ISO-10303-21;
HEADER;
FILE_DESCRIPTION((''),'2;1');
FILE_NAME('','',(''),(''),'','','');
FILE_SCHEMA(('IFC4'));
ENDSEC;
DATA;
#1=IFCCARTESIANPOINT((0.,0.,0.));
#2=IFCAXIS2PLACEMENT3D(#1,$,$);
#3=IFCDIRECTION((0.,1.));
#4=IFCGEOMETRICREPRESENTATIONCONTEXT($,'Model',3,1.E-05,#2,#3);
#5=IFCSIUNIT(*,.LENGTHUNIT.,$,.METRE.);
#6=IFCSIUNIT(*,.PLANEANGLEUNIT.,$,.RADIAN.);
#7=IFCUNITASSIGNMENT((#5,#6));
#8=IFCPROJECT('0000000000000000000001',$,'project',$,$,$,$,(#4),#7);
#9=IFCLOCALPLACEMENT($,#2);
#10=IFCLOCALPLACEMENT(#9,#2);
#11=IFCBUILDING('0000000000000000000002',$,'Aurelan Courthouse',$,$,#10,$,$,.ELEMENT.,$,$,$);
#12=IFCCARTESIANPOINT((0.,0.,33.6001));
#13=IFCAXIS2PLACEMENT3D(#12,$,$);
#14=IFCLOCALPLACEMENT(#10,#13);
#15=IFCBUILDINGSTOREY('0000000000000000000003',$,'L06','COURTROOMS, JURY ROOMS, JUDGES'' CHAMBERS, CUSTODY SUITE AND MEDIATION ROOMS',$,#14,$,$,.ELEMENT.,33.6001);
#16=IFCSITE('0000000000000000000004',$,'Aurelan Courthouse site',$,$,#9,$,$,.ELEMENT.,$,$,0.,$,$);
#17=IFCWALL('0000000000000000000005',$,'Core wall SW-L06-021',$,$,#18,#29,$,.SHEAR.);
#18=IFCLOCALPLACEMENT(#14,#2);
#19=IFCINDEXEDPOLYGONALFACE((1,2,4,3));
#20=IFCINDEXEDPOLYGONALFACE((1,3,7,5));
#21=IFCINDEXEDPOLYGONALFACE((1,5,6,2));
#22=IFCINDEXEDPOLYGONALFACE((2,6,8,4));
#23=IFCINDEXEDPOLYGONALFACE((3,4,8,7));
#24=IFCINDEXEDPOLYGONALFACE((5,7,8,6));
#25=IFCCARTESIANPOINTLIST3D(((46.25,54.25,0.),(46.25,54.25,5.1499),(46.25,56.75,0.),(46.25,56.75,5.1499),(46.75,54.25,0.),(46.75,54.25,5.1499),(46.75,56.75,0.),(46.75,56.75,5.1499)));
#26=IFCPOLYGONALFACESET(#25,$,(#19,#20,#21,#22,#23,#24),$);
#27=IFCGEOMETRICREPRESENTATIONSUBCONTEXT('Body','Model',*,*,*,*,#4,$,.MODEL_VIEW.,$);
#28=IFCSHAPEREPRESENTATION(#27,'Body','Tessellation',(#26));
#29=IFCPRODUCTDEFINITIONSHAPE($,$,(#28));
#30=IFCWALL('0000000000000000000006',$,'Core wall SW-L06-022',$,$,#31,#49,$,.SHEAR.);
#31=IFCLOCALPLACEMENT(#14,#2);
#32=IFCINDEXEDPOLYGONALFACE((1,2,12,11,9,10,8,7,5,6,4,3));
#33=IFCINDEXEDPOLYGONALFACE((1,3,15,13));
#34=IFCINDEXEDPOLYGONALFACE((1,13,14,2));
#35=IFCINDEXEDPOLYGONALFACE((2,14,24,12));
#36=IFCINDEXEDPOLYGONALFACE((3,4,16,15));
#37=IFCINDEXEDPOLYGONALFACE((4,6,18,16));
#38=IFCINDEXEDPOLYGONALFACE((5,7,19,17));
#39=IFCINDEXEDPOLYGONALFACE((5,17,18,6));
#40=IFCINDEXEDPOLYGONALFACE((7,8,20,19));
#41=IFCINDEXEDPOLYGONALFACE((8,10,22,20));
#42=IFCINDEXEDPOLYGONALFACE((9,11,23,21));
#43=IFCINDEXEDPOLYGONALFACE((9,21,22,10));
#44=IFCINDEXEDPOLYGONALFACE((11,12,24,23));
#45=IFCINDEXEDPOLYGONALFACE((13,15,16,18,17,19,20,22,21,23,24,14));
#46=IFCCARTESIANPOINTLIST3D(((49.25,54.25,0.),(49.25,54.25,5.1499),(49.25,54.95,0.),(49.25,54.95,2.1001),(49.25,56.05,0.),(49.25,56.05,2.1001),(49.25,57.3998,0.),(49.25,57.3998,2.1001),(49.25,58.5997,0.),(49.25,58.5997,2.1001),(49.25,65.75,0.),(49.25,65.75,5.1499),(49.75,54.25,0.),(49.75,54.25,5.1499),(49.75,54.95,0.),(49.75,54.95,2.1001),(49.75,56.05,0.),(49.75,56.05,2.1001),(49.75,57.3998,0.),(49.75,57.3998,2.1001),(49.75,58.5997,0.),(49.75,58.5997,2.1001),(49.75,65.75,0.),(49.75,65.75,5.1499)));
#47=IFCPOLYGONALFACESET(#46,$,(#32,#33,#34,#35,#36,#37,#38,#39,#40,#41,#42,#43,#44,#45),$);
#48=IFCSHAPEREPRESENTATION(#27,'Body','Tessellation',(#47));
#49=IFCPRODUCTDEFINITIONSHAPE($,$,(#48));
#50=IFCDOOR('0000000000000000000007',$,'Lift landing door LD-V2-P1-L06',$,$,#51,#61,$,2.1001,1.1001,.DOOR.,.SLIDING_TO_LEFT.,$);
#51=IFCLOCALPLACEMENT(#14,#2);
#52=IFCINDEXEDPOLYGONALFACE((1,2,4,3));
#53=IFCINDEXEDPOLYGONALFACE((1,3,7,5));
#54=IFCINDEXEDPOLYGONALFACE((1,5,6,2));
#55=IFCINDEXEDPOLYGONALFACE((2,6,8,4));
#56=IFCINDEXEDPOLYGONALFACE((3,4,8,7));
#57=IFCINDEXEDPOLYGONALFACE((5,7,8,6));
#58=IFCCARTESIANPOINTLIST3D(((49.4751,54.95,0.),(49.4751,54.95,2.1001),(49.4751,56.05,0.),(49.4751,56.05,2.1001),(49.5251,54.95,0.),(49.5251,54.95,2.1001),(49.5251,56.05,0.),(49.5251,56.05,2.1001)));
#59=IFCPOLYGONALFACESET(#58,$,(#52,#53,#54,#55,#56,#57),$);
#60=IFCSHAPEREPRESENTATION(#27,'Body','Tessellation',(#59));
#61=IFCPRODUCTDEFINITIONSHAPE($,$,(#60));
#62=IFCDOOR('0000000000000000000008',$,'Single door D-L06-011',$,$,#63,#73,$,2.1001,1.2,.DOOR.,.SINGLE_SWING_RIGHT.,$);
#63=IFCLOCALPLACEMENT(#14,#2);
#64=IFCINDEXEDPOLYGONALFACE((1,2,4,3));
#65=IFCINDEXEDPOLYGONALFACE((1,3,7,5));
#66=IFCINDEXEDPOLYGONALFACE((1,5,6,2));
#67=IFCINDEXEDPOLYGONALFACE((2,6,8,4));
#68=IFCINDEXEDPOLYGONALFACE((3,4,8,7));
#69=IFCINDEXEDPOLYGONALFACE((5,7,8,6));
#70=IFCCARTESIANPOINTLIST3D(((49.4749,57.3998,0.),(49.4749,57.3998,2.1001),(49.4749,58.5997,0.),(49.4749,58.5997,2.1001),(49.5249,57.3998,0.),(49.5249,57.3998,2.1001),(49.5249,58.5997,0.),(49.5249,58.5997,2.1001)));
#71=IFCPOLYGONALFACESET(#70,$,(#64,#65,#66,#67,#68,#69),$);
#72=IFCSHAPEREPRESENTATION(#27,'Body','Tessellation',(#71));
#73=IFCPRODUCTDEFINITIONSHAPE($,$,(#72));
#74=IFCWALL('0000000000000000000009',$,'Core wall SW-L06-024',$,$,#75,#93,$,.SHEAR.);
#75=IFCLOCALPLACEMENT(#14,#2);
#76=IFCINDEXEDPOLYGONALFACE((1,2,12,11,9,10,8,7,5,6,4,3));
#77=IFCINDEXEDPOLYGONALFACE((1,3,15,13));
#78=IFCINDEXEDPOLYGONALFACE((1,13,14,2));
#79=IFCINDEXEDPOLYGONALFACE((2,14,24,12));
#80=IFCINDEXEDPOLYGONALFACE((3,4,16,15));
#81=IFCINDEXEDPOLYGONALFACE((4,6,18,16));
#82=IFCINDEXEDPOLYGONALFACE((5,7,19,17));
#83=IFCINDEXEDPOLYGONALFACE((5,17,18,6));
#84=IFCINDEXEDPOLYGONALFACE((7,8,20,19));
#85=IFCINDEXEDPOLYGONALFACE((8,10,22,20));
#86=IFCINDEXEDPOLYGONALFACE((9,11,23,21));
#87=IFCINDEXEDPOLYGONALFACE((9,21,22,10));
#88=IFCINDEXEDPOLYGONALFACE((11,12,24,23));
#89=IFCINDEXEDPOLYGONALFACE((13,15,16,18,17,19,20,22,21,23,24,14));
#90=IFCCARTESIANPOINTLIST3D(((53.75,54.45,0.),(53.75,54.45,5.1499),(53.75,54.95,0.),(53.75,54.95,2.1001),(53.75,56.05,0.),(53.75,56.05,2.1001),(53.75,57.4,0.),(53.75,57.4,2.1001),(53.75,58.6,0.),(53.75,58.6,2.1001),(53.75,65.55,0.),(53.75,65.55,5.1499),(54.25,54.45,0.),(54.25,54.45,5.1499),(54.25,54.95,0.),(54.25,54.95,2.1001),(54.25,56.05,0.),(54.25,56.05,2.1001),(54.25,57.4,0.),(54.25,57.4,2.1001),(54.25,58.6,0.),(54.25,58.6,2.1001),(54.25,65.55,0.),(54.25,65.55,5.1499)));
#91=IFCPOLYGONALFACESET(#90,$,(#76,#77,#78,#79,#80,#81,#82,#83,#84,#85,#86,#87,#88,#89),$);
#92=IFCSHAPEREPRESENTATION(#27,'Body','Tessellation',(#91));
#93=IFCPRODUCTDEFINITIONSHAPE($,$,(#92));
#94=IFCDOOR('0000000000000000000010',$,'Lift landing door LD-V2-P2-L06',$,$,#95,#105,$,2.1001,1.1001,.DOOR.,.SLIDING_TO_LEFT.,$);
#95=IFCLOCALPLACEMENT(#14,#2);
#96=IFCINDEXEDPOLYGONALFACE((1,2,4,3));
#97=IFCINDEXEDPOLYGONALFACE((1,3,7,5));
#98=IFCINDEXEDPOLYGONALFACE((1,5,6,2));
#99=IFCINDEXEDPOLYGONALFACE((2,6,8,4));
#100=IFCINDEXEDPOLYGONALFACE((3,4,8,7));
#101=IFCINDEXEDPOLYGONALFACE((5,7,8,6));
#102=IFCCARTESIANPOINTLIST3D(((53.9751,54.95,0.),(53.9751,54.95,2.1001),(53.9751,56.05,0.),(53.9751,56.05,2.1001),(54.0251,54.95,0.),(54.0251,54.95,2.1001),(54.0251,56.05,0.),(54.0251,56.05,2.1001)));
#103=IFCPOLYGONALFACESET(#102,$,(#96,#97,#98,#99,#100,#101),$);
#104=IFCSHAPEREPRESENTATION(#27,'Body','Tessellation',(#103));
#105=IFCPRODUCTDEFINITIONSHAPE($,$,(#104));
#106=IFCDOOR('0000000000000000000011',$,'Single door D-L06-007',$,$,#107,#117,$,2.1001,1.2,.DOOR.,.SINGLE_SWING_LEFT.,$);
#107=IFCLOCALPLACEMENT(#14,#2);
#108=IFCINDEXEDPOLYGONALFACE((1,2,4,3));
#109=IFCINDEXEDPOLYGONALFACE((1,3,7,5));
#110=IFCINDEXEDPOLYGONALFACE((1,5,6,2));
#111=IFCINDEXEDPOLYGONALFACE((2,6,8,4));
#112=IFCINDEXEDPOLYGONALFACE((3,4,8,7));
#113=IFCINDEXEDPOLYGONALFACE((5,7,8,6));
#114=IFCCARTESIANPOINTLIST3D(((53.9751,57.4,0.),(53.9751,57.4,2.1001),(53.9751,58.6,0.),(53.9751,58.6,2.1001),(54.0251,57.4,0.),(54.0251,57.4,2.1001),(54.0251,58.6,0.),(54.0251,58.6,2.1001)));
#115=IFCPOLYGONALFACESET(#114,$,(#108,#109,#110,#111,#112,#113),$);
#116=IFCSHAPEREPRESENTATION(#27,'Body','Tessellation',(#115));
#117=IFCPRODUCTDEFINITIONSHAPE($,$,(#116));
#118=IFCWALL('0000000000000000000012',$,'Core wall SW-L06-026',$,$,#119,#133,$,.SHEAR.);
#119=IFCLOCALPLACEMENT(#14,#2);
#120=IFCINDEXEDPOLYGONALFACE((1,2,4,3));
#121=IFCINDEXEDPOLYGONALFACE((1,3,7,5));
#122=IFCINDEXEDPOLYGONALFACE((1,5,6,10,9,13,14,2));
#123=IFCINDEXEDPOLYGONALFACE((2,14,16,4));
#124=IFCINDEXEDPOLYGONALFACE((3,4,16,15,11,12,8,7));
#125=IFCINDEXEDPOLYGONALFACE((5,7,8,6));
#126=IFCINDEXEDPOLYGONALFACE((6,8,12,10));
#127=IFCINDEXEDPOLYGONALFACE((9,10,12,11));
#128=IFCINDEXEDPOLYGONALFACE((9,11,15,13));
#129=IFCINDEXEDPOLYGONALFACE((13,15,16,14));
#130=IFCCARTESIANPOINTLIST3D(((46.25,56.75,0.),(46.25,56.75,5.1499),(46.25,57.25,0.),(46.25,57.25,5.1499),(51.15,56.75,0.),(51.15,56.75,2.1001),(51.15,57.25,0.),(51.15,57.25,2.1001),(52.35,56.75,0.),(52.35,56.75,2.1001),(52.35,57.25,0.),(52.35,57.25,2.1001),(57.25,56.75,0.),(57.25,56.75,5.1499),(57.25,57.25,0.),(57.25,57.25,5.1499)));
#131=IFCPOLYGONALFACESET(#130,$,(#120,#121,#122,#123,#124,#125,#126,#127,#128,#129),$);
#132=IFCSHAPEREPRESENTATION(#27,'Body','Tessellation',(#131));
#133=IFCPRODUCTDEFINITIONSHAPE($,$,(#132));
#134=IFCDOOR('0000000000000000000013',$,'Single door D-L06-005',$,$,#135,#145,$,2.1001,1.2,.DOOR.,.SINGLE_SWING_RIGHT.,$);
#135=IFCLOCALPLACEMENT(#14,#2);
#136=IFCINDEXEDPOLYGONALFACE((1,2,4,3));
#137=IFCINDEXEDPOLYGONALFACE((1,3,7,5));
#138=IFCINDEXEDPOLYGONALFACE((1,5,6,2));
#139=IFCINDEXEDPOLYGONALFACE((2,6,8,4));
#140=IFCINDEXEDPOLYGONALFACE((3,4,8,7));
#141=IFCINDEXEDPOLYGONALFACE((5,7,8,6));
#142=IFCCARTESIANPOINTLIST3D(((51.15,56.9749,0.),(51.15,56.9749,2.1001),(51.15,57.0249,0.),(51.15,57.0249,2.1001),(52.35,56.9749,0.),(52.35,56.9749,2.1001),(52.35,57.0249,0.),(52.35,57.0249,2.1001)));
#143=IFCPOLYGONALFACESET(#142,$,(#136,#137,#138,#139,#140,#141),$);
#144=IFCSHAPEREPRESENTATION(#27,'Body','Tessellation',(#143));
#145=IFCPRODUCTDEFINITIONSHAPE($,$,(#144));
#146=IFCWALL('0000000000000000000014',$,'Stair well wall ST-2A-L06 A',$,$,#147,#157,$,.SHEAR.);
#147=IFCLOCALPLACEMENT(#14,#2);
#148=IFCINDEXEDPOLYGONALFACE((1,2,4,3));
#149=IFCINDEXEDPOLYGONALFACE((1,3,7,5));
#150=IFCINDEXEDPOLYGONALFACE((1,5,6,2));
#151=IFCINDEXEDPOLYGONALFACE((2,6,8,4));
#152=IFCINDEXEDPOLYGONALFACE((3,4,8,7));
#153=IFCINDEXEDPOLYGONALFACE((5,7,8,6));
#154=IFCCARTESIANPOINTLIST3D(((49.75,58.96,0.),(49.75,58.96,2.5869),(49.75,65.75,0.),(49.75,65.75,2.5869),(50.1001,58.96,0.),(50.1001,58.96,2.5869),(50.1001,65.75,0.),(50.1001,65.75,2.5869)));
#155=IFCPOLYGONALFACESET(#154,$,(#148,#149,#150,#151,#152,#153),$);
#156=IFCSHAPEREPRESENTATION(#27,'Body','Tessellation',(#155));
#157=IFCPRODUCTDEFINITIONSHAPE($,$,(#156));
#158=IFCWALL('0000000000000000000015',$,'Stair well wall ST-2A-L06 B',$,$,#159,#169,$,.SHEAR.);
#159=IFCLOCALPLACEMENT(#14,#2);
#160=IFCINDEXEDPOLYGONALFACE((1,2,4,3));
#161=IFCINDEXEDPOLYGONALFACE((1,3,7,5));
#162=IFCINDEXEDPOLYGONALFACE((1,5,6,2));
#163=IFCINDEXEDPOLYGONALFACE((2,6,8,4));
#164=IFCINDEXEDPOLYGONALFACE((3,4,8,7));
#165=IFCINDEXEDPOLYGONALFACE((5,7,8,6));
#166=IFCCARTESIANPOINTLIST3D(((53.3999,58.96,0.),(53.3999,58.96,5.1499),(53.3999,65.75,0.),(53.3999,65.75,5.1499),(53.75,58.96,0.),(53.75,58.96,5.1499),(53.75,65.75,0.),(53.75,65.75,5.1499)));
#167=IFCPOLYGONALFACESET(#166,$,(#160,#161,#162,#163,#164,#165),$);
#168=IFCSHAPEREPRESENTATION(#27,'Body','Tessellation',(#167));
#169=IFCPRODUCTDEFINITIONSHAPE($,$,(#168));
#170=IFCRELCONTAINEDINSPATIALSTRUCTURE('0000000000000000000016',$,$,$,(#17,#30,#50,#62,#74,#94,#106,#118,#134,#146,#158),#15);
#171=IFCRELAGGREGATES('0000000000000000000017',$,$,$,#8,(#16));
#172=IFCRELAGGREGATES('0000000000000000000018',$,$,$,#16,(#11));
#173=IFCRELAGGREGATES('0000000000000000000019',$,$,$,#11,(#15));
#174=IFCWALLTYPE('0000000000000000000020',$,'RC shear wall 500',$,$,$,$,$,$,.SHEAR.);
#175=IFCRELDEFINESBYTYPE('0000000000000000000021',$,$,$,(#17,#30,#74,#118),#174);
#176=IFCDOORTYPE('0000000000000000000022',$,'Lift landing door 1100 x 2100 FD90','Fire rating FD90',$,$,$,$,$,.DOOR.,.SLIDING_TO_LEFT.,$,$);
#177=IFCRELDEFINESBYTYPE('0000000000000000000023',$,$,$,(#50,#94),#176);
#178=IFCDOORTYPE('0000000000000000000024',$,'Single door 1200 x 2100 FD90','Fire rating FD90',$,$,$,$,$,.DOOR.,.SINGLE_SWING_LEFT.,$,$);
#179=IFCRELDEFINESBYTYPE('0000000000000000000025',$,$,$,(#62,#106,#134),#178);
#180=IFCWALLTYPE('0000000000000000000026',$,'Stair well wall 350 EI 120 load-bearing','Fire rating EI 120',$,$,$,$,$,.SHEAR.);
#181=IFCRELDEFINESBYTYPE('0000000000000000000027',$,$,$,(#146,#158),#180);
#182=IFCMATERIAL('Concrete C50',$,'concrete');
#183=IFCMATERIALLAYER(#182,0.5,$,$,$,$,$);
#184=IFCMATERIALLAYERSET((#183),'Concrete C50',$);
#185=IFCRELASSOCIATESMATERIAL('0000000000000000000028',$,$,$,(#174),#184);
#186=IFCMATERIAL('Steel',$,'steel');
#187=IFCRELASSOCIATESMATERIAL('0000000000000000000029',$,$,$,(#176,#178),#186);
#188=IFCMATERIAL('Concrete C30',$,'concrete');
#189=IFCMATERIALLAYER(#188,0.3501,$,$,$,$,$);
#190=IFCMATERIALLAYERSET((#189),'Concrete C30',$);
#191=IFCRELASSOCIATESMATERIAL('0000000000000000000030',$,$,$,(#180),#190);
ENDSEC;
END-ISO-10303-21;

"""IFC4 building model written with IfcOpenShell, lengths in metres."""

from ifc_helpers import new_model, si_unit, direction, frame, frame_2d, origin, place, context, subcontext, project, spatial, rectangle, extrude, material, layer, layer_set, type_object, element, fill, save


model = new_model("IFC4")

# Units and contexts
model_context = context("Model", 3, precision=1e-05, world=origin(), true_north=direction((0.0, 1.0)))
body_context = subcontext(model_context, "Body", "Model", "MODEL_VIEW")
ifc_project = project(units=[si_unit("LENGTHUNIT", "METRE"), si_unit("PLANEANGLEUNIT", "RADIAN")], contexts=[model_context])

# Site, building, storey
site_placement = place(None, origin())
site = spatial("IfcSite", under=ifc_project, at=site_placement, Name="Aurelan Courthouse site", CompositionType="ELEMENT", RefElevation=0.0)
building_placement = place(site_placement, origin())
building = spatial("IfcBuilding", under=site, at=building_placement, Name="Aurelan Courthouse", CompositionType="ELEMENT")
storey_placement = place(building_placement, frame((0.0, 0.0, 33.6001)))
storey = spatial("IfcBuildingStorey", under=building, at=storey_placement, Name="L06", Description="COURTROOMS, JURY ROOMS, JUDGES' CHAMBERS, CUSTODY SUITE AND MEDIATION ROOMS", CompositionType="ELEMENT", Elevation=33.6001)

# Wall
ifc_material_1 = material(Name="Concrete C50", Category="concrete")
ifc_layer_1 = layer(ifc_material_1, 0.5)
ifc_layer_set_1 = layer_set([ifc_layer_1], Name="Concrete C50")
wall_type_1 = type_object("IfcWallType", Name="RC shear wall 500", PredefinedType="SHEAR", material=ifc_layer_set_1)
wall_1_placement = place(storey_placement, frame((46.5, 54.25, 0.0), z_axis=(0.0, 0.0, 1.0), x_axis=(0.0, 1.0, 0.0)))
element("IfcWall", 1, at=wall_1_placement, inside=storey, type_object=wall_type_1, Name="Core wall SW-L06-021", PredefinedType="SHEAR", context=body_context, shape_type="SweptSolid", body=[
    extrude(rectangle(XDim=2.5, YDim=0.5, at=frame_2d((1.25, 0.0))), origin(), (0.0, 0.0, 1.0), 5.1499),
])

# Walls, openings, doors
wall_2_placement = place(storey_placement, frame((49.5, 54.25, 0.0), z_axis=(0.0, 0.0, 1.0), x_axis=(0.0, 1.0, 0.0)))
wall_2 = element("IfcWall", 2, at=wall_2_placement, inside=storey, type_object=wall_type_1, Name="Core wall SW-L06-022", PredefinedType="SHEAR", context=body_context, shape_type="SweptSolid", body=[
    extrude(rectangle(XDim=11.5, YDim=0.5, at=frame_2d((5.75, 0.0))), origin(), (0.0, 0.0, 1.0), 5.1499),
])
opening_1_placement = place(wall_2_placement, frame((0.7, 0.0, 0.0)))
opening_1 = element("IfcOpeningElement", 3, at=opening_1_placement, cuts=wall_2, PredefinedType="OPENING", context=body_context, shape_type="SweptSolid", body=[
    extrude(rectangle(XDim=1.1001, YDim=2.1001, at=frame_2d((0.55, 1.05))), frame((0.0, 0.26, 0.0), z_axis=(0.0, -1.0, 0.0), x_axis=(1.0, 0.0, 0.0)), (0.0, 0.0, 1.0), 0.52),
])
opening_2_placement = place(wall_2_placement, frame((4.3499, 0.0, 0.0), z_axis=(0.0, 0.0, 1.0), x_axis=(-1.0, 0.0, 0.0)))
opening_2 = element("IfcOpeningElement", 4, at=opening_2_placement, cuts=wall_2, PredefinedType="OPENING", context=body_context, shape_type="SweptSolid", body=[
    extrude(rectangle(XDim=1.2, YDim=2.1001, at=frame_2d((0.6001, 1.05))), frame((0.0, 0.26, 0.0), z_axis=(0.0, -1.0, 0.0), x_axis=(1.0, 0.0, 0.0)), (0.0, 0.0, 1.0), 0.52),
])
ifc_material_2 = material(Name="Steel", Category="steel")
door_type_1 = type_object("IfcDoorType", Name="Lift landing door 1100 x 2100 FD90", Description="Fire rating FD90", OperationType="SLIDING_TO_LEFT", PredefinedType="DOOR", material=ifc_material_2)
door_1_placement = place(opening_1_placement, origin())
door_1 = element("IfcDoor", 5, at=door_1_placement, inside=storey, type_object=door_type_1, Name="Lift landing door LD-V2-P1-L06", OperationType="SLIDING_TO_LEFT", OverallHeight=2.1001, OverallWidth=1.1001, PredefinedType="DOOR", context=body_context, shape_type="SweptSolid", body=[
    extrude(rectangle(XDim=1.1001, YDim=2.1001, at=frame_2d((0.55, 1.05))), frame((0.0, 0.0249, 0.0), z_axis=(0.0, -1.0, 0.0), x_axis=(1.0, 0.0, 0.0)), (0.0, 0.0, 1.0), 0.05),
])
fill(opening_1, door_1)
door_type_2 = type_object("IfcDoorType", Name="Single door 1200 x 2100 FD90", Description="Fire rating FD90", OperationType="SINGLE_SWING_LEFT", PredefinedType="DOOR", material=ifc_material_2)
door_2_placement = place(opening_2_placement, origin())
door_2 = element("IfcDoor", 6, at=door_2_placement, inside=storey, type_object=door_type_2, Name="Single door D-L06-011", OperationType="SINGLE_SWING_RIGHT", OverallHeight=2.1001, OverallWidth=1.2, PredefinedType="DOOR", context=body_context, shape_type="SweptSolid", body=[
    extrude(rectangle(XDim=1.2, YDim=2.1001, at=frame_2d((0.6001, 1.05))), frame((0.0, 0.0249, 0.0), z_axis=(0.0, -1.0, 0.0), x_axis=(1.0, 0.0, 0.0)), (0.0, 0.0, 1.0), 0.05),
])
fill(opening_2, door_2)
wall_3_placement = place(storey_placement, frame((54.0, 54.45, 0.0), z_axis=(0.0, 0.0, 1.0), x_axis=(0.0, 1.0, 0.0)))
wall_3 = element("IfcWall", 7, at=wall_3_placement, inside=storey, type_object=wall_type_1, Name="Core wall SW-L06-024", PredefinedType="SHEAR", context=body_context, shape_type="SweptSolid", body=[
    extrude(rectangle(XDim=11.1001, YDim=0.5, at=frame_2d((5.55, 0.0))), origin(), (0.0, 0.0, 1.0), 5.1499),
])
opening_3_placement = place(wall_3_placement, frame((0.5, 0.0, 0.0)))
opening_3 = element("IfcOpeningElement", 8, at=opening_3_placement, cuts=wall_3, PredefinedType="OPENING", context=body_context, shape_type="SweptSolid", body=[
    extrude(rectangle(XDim=1.1001, YDim=2.1001, at=frame_2d((0.55, 1.05))), frame((0.0, 0.26, 0.0), z_axis=(0.0, -1.0, 0.0), x_axis=(1.0, 0.0, 0.0)), (0.0, 0.0, 1.0), 0.52),
])
opening_4_placement = place(wall_3_placement, frame((2.95, 0.0, 0.0)))
opening_4 = element("IfcOpeningElement", 9, at=opening_4_placement, cuts=wall_3, PredefinedType="OPENING", context=body_context, shape_type="SweptSolid", body=[
    extrude(rectangle(XDim=1.2, YDim=2.1001, at=frame_2d((0.6001, 1.05))), frame((0.0, 0.26, 0.0), z_axis=(0.0, -1.0, 0.0), x_axis=(1.0, 0.0, 0.0)), (0.0, 0.0, 1.0), 0.52),
])
door_3_placement = place(opening_3_placement, origin())
door_3 = element("IfcDoor", 10, at=door_3_placement, inside=storey, type_object=door_type_1, Name="Lift landing door LD-V2-P2-L06", OperationType="SLIDING_TO_LEFT", OverallHeight=2.1001, OverallWidth=1.1001, PredefinedType="DOOR", context=body_context, shape_type="SweptSolid", body=[
    extrude(rectangle(XDim=1.1001, YDim=2.1001, at=frame_2d((0.55, 1.05))), frame((0.0, 0.0249, 0.0), z_axis=(0.0, -1.0, 0.0), x_axis=(1.0, 0.0, 0.0)), (0.0, 0.0, 1.0), 0.05),
])
fill(opening_3, door_3)
door_4_placement = place(opening_4_placement, origin())
door_4 = element("IfcDoor", 11, at=door_4_placement, inside=storey, type_object=door_type_2, Name="Single door D-L06-007", OperationType="SINGLE_SWING_LEFT", OverallHeight=2.1001, OverallWidth=1.2, PredefinedType="DOOR", context=body_context, shape_type="SweptSolid", body=[
    extrude(rectangle(XDim=1.2, YDim=2.1001, at=frame_2d((0.6001, 1.05))), frame((0.0, 0.0249, 0.0), z_axis=(0.0, -1.0, 0.0), x_axis=(1.0, 0.0, 0.0)), (0.0, 0.0, 1.0), 0.05),
])
fill(opening_4, door_4)

# Wall, opening, door
wall_4_placement = place(storey_placement, frame((46.25, 57.0, 0.0), z_axis=(0.0, 0.0, 1.0), x_axis=(1.0, 0.0, 0.0)))
wall_4 = element("IfcWall", 12, at=wall_4_placement, inside=storey, type_object=wall_type_1, Name="Core wall SW-L06-026", PredefinedType="SHEAR", context=body_context, shape_type="SweptSolid", body=[
    extrude(rectangle(XDim=11.0, YDim=0.5, at=frame_2d((5.5, 0.0))), origin(), (0.0, 0.0, 1.0), 5.1499),
])
opening_5_placement = place(wall_4_placement, frame((4.8999, 0.0, 0.0)))
opening_5 = element("IfcOpeningElement", 13, at=opening_5_placement, cuts=wall_4, PredefinedType="OPENING", context=body_context, shape_type="SweptSolid", body=[
    extrude(rectangle(XDim=1.2, YDim=2.1001, at=frame_2d((0.6001, 1.05))), frame((0.0, 0.26, 0.0), z_axis=(0.0, -1.0, 0.0), x_axis=(1.0, 0.0, 0.0)), (0.0, 0.0, 1.0), 0.52),
])
door_5_placement = place(opening_5_placement, origin())
door_5 = element("IfcDoor", 14, at=door_5_placement, inside=storey, type_object=door_type_2, Name="Single door D-L06-005", OperationType="SINGLE_SWING_RIGHT", OverallHeight=2.1001, OverallWidth=1.2, PredefinedType="DOOR", context=body_context, shape_type="SweptSolid", body=[
    extrude(rectangle(XDim=1.2, YDim=2.1001, at=frame_2d((0.6001, 1.05))), frame((0.0, 0.0249, 0.0), z_axis=(0.0, -1.0, 0.0), x_axis=(1.0, 0.0, 0.0)), (0.0, 0.0, 1.0), 0.05),
])
fill(opening_5, door_5)

# Walls
ifc_material_3 = material(Name="Concrete C30", Category="concrete")
ifc_layer_2 = layer(ifc_material_3, 0.3501)
ifc_layer_set_2 = layer_set([ifc_layer_2], Name="Concrete C30")
wall_type_2 = type_object("IfcWallType", Name="Stair well wall 350 EI 120 load-bearing", Description="Fire rating EI 120", PredefinedType="SHEAR", material=ifc_layer_set_2)
wall_5_placement = place(storey_placement, frame((49.925, 58.96, 0.0), z_axis=(0.0, 0.0, 1.0), x_axis=(0.0, 1.0, 0.0)))
element("IfcWall", 15, at=wall_5_placement, inside=storey, type_object=wall_type_2, Name="Stair well wall ST-2A-L06 A", PredefinedType="SHEAR", context=body_context, shape_type="SweptSolid", body=[
    extrude(rectangle(XDim=6.79, YDim=0.3501, at=frame_2d((3.395, 0.0))), origin(), (0.0, 0.0, 1.0), 2.5869),
])
wall_6_placement = place(storey_placement, frame((53.575, 58.96, 0.0), z_axis=(0.0, 0.0, 1.0), x_axis=(0.0, 1.0, 0.0)))
element("IfcWall", 16, at=wall_6_placement, inside=storey, type_object=wall_type_2, Name="Stair well wall ST-2A-L06 B", PredefinedType="SHEAR", context=body_context, shape_type="SweptSolid", body=[
    extrude(rectangle(XDim=6.79, YDim=0.3501, at=frame_2d((3.395, 0.0))), origin(), (0.0, 0.0, 1.0), 5.1499),
])

save(model, "model.ifc")
